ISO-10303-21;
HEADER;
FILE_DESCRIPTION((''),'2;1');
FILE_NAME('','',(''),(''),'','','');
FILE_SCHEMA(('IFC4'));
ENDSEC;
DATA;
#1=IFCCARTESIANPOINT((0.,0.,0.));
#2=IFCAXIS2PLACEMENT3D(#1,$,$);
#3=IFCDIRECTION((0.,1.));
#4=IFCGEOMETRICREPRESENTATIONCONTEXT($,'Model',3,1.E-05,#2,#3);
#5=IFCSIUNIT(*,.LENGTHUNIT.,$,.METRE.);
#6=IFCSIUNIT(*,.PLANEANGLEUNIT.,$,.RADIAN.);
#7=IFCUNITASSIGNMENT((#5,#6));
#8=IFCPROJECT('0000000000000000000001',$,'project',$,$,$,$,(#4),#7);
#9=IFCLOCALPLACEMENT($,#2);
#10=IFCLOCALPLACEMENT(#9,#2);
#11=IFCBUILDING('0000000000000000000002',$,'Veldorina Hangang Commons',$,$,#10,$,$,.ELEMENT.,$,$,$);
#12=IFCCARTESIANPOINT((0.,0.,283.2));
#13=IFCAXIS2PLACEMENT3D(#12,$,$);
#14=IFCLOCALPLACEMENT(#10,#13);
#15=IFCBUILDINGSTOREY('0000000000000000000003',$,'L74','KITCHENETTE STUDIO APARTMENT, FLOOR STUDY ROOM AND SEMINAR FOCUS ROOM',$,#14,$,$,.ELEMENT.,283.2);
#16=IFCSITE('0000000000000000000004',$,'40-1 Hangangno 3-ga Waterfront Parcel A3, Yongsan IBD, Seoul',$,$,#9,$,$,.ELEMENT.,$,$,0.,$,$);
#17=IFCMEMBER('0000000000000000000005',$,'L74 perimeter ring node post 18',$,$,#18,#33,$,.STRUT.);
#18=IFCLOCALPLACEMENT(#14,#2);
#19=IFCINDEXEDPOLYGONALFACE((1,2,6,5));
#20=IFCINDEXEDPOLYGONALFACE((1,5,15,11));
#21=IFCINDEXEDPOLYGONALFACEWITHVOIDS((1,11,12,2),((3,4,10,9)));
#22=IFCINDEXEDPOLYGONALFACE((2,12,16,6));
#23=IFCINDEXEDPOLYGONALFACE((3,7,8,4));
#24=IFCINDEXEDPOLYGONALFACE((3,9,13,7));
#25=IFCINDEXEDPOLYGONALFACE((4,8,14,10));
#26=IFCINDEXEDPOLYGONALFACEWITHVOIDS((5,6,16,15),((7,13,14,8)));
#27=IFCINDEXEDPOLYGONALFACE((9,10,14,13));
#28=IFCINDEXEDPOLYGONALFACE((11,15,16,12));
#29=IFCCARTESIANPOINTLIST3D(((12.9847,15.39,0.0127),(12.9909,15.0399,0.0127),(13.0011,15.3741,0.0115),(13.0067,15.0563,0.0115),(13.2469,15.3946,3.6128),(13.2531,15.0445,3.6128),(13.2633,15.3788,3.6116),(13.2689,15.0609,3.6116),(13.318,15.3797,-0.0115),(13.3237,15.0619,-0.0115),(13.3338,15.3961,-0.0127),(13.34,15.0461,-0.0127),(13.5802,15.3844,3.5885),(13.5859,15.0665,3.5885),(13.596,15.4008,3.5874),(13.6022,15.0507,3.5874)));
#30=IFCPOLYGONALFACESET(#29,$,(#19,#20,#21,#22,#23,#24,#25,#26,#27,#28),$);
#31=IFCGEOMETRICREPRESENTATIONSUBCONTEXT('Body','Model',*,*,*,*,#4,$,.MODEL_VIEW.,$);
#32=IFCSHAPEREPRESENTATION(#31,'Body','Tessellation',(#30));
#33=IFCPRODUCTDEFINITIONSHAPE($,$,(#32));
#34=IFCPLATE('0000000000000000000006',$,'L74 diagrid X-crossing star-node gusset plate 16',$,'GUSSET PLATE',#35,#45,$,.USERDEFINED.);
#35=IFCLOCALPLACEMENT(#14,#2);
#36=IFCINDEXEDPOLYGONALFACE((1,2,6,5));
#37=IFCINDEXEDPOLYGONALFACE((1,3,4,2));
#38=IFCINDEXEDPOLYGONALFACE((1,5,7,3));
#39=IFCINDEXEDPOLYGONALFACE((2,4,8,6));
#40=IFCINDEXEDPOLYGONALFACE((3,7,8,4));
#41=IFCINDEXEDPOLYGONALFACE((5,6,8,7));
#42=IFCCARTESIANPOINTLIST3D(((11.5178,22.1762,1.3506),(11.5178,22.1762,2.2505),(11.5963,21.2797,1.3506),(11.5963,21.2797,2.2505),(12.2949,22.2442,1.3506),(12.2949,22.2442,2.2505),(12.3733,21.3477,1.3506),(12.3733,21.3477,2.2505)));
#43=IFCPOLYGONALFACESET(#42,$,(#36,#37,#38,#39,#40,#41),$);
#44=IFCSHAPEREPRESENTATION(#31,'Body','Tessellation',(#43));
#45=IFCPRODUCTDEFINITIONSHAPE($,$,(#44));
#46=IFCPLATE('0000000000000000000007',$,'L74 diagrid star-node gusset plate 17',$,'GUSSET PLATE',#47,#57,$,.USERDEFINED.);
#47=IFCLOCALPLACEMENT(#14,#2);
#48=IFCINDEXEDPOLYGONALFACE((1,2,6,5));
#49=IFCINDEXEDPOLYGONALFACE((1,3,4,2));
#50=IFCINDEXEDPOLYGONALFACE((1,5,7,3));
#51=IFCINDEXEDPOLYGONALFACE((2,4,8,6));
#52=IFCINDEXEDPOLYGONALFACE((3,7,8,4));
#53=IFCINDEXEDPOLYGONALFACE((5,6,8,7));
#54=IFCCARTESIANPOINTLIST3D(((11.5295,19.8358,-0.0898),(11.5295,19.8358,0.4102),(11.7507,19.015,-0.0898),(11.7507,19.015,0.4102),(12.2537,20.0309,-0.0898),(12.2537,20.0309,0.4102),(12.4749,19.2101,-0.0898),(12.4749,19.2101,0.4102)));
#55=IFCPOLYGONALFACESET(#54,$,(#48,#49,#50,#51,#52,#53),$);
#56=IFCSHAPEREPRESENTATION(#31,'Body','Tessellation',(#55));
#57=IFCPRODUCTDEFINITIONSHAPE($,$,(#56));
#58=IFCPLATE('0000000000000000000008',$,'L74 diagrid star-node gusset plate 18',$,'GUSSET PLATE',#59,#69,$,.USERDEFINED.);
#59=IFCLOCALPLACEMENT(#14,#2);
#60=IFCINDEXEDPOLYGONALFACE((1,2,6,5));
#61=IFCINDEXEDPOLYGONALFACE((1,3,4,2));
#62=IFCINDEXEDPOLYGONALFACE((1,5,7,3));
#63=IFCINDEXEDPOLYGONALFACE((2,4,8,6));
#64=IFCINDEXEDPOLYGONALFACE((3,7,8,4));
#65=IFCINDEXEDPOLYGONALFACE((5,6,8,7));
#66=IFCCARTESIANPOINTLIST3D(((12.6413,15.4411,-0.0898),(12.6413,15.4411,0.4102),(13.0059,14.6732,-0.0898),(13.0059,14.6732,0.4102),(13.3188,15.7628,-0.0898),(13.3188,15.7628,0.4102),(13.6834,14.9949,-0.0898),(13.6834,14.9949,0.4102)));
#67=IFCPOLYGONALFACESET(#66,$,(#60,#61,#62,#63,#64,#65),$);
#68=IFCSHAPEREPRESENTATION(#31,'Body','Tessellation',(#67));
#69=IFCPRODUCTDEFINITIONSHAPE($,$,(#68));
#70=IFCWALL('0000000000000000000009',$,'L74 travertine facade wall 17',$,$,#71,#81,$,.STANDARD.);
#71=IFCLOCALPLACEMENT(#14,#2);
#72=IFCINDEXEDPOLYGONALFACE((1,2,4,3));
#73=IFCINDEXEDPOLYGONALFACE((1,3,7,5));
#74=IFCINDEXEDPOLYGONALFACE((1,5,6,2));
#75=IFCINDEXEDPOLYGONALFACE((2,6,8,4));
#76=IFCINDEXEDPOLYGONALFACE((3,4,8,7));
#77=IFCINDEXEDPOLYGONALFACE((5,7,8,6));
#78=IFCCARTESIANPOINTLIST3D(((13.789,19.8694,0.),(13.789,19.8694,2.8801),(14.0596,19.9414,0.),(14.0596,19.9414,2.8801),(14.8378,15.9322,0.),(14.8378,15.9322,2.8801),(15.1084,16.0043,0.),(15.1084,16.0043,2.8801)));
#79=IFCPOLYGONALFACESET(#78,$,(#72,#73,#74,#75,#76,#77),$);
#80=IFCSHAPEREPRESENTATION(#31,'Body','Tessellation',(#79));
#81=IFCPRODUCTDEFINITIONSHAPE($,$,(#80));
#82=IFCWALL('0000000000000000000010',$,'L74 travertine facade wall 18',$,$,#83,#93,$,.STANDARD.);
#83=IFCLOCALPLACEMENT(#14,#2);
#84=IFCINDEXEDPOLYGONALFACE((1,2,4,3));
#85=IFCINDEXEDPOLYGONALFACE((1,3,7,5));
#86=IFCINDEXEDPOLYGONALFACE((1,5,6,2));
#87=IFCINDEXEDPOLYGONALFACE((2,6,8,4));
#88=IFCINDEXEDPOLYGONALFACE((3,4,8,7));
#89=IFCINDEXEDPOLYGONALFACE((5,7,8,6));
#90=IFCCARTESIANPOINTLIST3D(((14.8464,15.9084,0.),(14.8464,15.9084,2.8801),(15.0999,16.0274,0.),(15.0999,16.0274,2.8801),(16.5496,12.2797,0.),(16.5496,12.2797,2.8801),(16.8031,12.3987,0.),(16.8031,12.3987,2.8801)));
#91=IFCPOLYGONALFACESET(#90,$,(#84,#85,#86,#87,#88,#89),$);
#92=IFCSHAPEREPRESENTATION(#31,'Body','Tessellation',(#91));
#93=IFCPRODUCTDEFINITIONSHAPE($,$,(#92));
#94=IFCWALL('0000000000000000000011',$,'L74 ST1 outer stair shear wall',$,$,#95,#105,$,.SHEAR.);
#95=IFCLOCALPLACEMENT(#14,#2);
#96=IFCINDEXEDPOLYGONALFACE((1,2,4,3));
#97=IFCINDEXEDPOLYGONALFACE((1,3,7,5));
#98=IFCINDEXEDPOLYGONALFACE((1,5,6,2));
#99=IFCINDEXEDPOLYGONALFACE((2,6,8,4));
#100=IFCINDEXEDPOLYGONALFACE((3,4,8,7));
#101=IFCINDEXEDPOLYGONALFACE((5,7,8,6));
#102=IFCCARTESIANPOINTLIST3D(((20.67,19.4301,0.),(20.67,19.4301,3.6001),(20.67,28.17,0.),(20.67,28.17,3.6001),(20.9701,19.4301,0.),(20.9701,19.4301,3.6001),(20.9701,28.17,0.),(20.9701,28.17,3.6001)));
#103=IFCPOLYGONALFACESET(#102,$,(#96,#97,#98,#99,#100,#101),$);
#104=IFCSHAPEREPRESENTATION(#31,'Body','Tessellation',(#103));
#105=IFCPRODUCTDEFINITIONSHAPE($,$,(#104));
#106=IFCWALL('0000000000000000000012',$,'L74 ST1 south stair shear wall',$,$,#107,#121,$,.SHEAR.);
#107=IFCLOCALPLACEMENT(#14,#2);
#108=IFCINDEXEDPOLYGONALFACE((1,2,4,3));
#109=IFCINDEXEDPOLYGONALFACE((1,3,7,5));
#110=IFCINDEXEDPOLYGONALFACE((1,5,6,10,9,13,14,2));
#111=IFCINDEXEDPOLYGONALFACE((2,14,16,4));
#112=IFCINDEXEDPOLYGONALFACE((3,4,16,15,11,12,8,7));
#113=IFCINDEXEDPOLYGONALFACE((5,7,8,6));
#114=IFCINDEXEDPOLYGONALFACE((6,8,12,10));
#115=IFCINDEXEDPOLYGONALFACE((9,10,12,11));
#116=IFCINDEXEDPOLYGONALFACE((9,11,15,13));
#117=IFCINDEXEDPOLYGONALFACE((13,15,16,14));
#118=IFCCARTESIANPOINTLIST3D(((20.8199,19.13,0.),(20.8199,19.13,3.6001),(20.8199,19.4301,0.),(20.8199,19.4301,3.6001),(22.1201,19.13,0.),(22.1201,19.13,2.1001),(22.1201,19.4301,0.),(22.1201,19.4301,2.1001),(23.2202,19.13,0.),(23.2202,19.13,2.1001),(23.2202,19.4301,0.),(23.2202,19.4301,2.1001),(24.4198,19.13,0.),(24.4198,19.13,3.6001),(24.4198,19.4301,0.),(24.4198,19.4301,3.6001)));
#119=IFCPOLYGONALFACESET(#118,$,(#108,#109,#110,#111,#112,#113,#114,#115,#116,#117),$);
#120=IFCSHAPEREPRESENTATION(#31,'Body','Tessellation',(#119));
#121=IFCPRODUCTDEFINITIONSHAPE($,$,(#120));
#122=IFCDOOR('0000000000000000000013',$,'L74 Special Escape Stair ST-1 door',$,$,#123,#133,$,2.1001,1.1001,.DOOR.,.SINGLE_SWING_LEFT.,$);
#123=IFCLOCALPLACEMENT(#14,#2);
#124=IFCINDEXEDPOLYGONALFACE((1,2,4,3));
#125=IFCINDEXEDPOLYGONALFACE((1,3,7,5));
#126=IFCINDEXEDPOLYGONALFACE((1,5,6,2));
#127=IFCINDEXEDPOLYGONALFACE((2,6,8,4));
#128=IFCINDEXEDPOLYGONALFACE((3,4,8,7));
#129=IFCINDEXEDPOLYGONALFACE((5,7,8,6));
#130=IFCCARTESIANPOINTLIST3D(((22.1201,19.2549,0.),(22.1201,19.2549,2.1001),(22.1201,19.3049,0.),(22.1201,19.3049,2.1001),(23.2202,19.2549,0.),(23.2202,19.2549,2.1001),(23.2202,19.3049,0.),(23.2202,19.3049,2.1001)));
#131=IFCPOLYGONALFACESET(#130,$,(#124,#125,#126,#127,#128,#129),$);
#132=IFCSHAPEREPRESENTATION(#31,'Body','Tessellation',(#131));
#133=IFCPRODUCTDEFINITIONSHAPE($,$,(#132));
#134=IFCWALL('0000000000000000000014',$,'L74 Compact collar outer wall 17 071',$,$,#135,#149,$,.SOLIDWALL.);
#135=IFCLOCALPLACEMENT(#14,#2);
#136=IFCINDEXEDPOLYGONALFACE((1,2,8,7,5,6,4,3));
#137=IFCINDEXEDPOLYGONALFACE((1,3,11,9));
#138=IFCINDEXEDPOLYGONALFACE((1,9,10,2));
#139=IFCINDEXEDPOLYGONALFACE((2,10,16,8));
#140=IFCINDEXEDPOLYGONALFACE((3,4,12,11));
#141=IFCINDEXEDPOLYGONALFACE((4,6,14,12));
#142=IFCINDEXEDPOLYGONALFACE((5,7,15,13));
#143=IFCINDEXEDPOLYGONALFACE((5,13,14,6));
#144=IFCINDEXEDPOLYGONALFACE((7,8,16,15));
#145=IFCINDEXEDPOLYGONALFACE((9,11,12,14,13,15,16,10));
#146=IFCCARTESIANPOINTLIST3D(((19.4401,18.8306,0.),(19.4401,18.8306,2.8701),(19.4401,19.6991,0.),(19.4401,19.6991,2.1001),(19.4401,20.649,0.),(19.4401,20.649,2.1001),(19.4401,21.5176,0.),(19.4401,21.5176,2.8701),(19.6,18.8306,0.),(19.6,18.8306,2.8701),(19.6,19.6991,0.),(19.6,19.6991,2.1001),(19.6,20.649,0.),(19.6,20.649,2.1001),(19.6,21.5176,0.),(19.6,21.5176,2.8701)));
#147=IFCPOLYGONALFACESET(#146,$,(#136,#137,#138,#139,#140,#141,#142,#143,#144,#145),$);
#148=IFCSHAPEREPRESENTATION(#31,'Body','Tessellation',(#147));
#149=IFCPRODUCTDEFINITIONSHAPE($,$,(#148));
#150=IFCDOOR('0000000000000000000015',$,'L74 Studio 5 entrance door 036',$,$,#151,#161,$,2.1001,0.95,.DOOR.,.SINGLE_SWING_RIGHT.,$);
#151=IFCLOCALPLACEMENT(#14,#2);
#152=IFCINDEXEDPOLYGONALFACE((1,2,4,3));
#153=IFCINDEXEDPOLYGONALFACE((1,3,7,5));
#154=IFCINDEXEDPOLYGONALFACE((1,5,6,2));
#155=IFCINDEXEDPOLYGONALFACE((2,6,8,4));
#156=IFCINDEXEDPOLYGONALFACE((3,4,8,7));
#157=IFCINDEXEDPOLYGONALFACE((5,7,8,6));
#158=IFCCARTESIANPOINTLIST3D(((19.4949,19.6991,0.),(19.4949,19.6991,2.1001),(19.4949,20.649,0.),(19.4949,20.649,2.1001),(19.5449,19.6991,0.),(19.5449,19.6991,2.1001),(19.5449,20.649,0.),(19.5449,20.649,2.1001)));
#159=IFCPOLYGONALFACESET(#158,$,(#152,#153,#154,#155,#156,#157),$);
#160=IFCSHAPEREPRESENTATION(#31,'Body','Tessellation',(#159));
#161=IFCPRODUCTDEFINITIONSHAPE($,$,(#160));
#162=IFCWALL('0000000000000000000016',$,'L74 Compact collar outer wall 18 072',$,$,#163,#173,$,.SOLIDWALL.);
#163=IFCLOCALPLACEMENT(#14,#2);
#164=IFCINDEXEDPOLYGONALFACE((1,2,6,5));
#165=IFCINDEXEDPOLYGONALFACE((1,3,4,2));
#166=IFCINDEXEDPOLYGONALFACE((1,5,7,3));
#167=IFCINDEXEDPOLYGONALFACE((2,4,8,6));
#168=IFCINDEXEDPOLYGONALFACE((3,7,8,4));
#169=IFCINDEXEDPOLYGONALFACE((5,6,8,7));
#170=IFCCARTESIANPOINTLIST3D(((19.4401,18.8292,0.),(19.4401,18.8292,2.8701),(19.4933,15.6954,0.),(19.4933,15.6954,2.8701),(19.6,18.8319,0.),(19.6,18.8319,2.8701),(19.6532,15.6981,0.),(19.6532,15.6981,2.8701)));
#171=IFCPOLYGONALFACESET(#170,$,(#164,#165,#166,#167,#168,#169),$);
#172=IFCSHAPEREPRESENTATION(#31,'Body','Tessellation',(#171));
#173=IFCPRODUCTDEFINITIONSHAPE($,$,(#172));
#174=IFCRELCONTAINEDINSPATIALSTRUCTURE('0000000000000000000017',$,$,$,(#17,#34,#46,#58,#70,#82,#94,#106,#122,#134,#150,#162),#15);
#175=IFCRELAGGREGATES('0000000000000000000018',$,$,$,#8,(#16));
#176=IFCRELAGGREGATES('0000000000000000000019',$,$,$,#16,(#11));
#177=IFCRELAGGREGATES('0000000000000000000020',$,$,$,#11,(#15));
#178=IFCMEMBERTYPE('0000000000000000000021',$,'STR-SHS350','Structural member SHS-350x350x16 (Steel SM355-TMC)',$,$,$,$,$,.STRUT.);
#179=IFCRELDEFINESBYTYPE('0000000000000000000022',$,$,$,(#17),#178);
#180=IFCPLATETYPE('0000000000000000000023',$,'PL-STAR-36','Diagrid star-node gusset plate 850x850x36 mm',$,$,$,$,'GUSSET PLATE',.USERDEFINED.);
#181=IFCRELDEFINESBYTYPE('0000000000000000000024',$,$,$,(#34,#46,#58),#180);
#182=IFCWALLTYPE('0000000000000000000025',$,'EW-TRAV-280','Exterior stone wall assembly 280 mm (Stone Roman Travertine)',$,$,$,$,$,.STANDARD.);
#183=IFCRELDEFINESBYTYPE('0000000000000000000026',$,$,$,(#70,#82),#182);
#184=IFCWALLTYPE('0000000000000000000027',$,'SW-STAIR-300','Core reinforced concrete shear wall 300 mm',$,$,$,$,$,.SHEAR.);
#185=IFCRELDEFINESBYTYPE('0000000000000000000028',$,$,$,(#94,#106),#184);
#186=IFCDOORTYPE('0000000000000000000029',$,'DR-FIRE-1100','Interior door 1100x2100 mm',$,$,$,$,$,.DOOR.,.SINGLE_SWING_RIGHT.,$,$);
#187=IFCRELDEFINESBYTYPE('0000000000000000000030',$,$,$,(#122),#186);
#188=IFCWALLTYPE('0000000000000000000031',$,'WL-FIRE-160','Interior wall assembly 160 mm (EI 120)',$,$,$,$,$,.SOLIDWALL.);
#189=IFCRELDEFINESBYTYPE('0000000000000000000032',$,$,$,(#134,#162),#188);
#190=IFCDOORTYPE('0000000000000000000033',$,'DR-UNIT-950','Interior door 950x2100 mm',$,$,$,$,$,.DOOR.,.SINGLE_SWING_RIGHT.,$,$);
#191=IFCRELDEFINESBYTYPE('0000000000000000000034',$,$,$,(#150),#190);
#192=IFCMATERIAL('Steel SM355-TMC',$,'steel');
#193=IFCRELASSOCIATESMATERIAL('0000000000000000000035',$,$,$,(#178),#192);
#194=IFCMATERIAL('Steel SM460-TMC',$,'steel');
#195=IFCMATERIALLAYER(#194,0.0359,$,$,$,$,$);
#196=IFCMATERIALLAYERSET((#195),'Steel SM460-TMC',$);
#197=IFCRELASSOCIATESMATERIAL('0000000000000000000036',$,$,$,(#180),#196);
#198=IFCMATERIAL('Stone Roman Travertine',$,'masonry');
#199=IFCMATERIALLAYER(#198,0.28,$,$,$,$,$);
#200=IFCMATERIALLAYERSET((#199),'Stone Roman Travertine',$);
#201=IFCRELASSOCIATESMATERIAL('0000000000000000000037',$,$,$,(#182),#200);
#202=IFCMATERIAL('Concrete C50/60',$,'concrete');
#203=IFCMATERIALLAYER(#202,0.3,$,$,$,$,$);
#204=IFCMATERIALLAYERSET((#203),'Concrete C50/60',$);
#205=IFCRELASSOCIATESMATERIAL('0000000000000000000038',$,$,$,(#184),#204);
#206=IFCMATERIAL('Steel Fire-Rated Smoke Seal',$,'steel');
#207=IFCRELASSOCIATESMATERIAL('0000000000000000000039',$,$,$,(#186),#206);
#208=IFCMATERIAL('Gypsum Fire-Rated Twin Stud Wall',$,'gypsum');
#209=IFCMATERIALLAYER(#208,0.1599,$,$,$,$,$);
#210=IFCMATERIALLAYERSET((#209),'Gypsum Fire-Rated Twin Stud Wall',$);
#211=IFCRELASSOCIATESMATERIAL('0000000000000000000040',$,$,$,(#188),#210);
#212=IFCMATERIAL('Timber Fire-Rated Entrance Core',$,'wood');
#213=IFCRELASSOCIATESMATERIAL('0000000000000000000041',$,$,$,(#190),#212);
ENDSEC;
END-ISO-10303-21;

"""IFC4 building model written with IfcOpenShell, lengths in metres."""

from ifc_helpers import new_model, si_unit, direction, frame, frame_2d, origin, origin_2d, place, context, subcontext, project, spatial, rectangle, hollow_rectangle, extrude, material, layer, layer_set, material_profile, profile_set, type_object, element, fill, save


model = new_model("IFC4")

# Units and contexts
model_context = context("Model", 3, precision=1e-05, world=origin(), true_north=direction((0.0, 1.0)))
body_context = subcontext(model_context, "Body", "Model", "MODEL_VIEW")
ifc_project = project(units=[si_unit("LENGTHUNIT", "METRE"), si_unit("PLANEANGLEUNIT", "RADIAN")], contexts=[model_context])

# Site, building, storey
site_placement = place(None, origin())
site = spatial("IfcSite", under=ifc_project, at=site_placement, Name="40-1 Hangangno 3-ga Waterfront Parcel A3, Yongsan IBD, Seoul", CompositionType="ELEMENT", RefElevation=0.0)
building_placement = place(site_placement, origin())
building = spatial("IfcBuilding", under=site, at=building_placement, Name="Veldorina Hangang Commons", CompositionType="ELEMENT")
storey_placement = place(building_placement, frame((0.0, 0.0, 283.2)))
storey = spatial("IfcBuildingStorey", under=building, at=storey_placement, Name="L74", Description="KITCHENETTE STUDIO APARTMENT, FLOOR STUDY ROOM AND SEMINAR FOCUS ROOM", CompositionType="ELEMENT", Elevation=283.2)

# Shared definitions
ifc_material_1 = material(Name="Steel SM355-TMC", Category="steel")

# Member
ifc_material_profile_1 = material_profile(ifc_material_1, hollow_rectangle(XDim=0.3501, YDim=0.3501, WallThickness=0.0161, at=origin_2d()), Name="SHS-350x350x16")
ifc_profile_set_1 = profile_set([ifc_material_profile_1], Name="Steel SM355-TMC")
member_type_1 = type_object("IfcMemberType", Name="STR-SHS350", Description="Structural member SHS-350x350x16 (Steel SM355-TMC)", PredefinedType="STRUT", material=ifc_profile_set_1)
member_1_placement = place(storey_placement, frame((13.1624, 15.218, 0.0), z_axis=(0.072641, 0.001285, 0.997357), x_axis=(-0.017688, 0.999844, 0.0)))
element("IfcMember", 1, at=member_1_placement, inside=storey, type_object=member_type_1, Name="L74 perimeter ring node post 18", PredefinedType="STRUT", context=body_context, shape_type="SweptSolid", body=[
    extrude(hollow_rectangle(XDim=0.3501, YDim=0.3501, WallThickness=0.0161, at=origin_2d()), origin(), (0.0, 0.0, 1.0), 3.6096),
])

# Plates
ifc_material_2 = material(Name="Steel SM460-TMC", Category="steel")
ifc_layer_1 = layer(ifc_material_2, 0.0359)
ifc_layer_set_1 = layer_set([ifc_layer_1], Name="Steel SM460-TMC")
plate_type = type_object("IfcPlateType", Name="PL-STAR-36", Description="Diagrid star-node gusset plate 850x850x36 mm", ElementType="GUSSET PLATE", PredefinedType="USERDEFINED", material=ifc_layer_set_1)
plate_placement = place(storey_placement, frame((11.9456, 21.762, 1.3506), z_axis=(0.0, 0.0, 1.0), x_axis=(0.087173, -0.996193, 0.0)))
element("IfcPlate", 2, at=plate_placement, inside=storey, type_object=plate_type, Name="L74 diagrid X-crossing star-node gusset plate 16", ObjectType="GUSSET PLATE", PredefinedType="USERDEFINED", context=body_context, shape_type="SweptSolid", body=[
    extrude(rectangle(XDim=0.8999, YDim=0.78, at=origin_2d()), origin(), (0.0, 0.0, 1.0), 0.8999),
])
for number, where, z_axis, x_axis, name in (
    (3, (12.0022, 19.5229, -0.0898), (0.0, 0.0, 1.0), (0.260235, -0.965545, 0.0), "L74 diagrid star-node gusset plate 17"),
    (4, (13.1624, 15.218, -0.0898), (0.0, 0.0, 1.0), (0.428982, -0.903313, 0.0), "L74 diagrid star-node gusset plate 18"),
):
    element("IfcPlate", number, at=place(storey_placement, frame(where, z_axis=z_axis, x_axis=x_axis)), inside=storey, type_object=plate_type, Name=name, ObjectType="GUSSET PLATE", PredefinedType="USERDEFINED", context=body_context, shape_type="SweptSolid", body=[
        extrude(rectangle(XDim=0.8501, YDim=0.75, at=origin_2d()), origin(), (0.0, 0.0, 1.0), 0.5),
    ])

# Walls
ifc_material_3 = material(Name="Stone Roman Travertine", Category="masonry")
ifc_layer_2 = layer(ifc_material_3, 0.28)
ifc_layer_set_2 = layer_set([ifc_layer_2], Name="Stone Roman Travertine")
wall_type_1 = type_object("IfcWallType", Name="EW-TRAV-280", Description="Exterior stone wall assembly 280 mm (Stone Roman Travertine)", PredefinedType="STANDARD", material=ifc_layer_set_2)
wall_1_placement = place(storey_placement, frame((13.9243, 19.9053, 0.0), z_axis=(0.0, 0.0, 1.0), x_axis=(0.257409, -0.966303, 0.0)))
element("IfcWall", 5, at=wall_1_placement, inside=storey, type_object=wall_type_1, Name="L74 travertine facade wall 17", PredefinedType="STANDARD", context=body_context, shape_type="SweptSolid", body=[
    extrude(rectangle(XDim=4.0745, YDim=0.28, at=frame_2d((2.0371, 0.0))), origin(), (0.0, 0.0, 1.0), 2.8801),
])
wall_2_placement = place(storey_placement, frame((14.9731, 15.968, 0.0), z_axis=(0.0, 0.0, 1.0), x_axis=(0.424882, -0.905249, 0.0)))
element("IfcWall", 6, at=wall_2_placement, inside=storey, type_object=wall_type_1, Name="L74 travertine facade wall 18", PredefinedType="STANDARD", context=body_context, shape_type="SweptSolid", body=[
    extrude(rectangle(XDim=4.0085, YDim=0.28, at=frame_2d((2.0044, 0.0))), origin(), (0.0, 0.0, 1.0), 2.8801),
])
ifc_material_4 = material(Name="Concrete C50/60", Category="concrete")
ifc_layer_3 = layer(ifc_material_4, 0.3)
ifc_layer_set_3 = layer_set([ifc_layer_3], Name="Concrete C50/60")
wall_type_2 = type_object("IfcWallType", Name="SW-STAIR-300", Description="Core reinforced concrete shear wall 300 mm", PredefinedType="SHEAR", material=ifc_layer_set_3)
wall_3_placement = place(storey_placement, frame((20.8201, 19.4299, 0.0), z_axis=(0.0, 0.0, 1.0), x_axis=(0.0, 1.0, 0.0)))
element("IfcWall", 7, at=wall_3_placement, inside=storey, type_object=wall_type_2, Name="L74 ST1 outer stair shear wall", PredefinedType="SHEAR", context=body_context, shape_type="SweptSolid", body=[
    extrude(rectangle(XDim=8.74, YDim=0.3, at=frame_2d((4.3701, 0.0))), origin(), (0.0, 0.0, 1.0), 3.6001),
])

# Walls, openings, doors
wall_4_placement = place(storey_placement, frame((20.8201, 19.28, 0.0), z_axis=(0.0, 0.0, 1.0), x_axis=(1.0, 0.0, 0.0)))
wall_4 = element("IfcWall", 8, at=wall_4_placement, inside=storey, type_object=wall_type_2, Name="L74 ST1 south stair shear wall", PredefinedType="SHEAR", context=body_context, shape_type="SweptSolid", body=[
    extrude(rectangle(XDim=3.5999, YDim=0.3, at=frame_2d((1.7998, 0.0))), origin(), (0.0, 0.0, 1.0), 3.6001),
])
opening_1_placement = place(wall_4_placement, frame((1.3, 0.0, 0.0)))
opening_1 = element("IfcOpeningElement", 9, at=opening_1_placement, cuts=wall_4, PredefinedType="OPENING", context=body_context, shape_type="SweptSolid", body=[
    extrude(rectangle(XDim=1.1001, YDim=2.1001, at=frame_2d((0.55, 1.05))), frame((0.0, 0.1602, 0.0), z_axis=(0.0, -1.0, 0.0), x_axis=(1.0, 0.0, 0.0)), (0.0, 0.0, 1.0), 0.3201),
])
ifc_material_5 = material(Name="Steel Fire-Rated Smoke Seal", Category="steel")
door_type_1 = type_object("IfcDoorType", Name="DR-FIRE-1100", Description="Interior door 1100x2100 mm", OperationType="SINGLE_SWING_RIGHT", PredefinedType="DOOR", material=ifc_material_5)
door_1_placement = place(opening_1_placement, origin())
door_1 = element("IfcDoor", 10, at=door_1_placement, inside=storey, type_object=door_type_1, Name="L74 Special Escape Stair ST-1 door", OperationType="SINGLE_SWING_LEFT", OverallHeight=2.1001, OverallWidth=1.1001, PredefinedType="DOOR", context=body_context, shape_type="SweptSolid", body=[
    extrude(rectangle(XDim=1.1001, YDim=2.1001, at=frame_2d((0.55, 1.05))), frame((0.0, 0.0249, 0.0), z_axis=(0.0, -1.0, 0.0), x_axis=(1.0, 0.0, 0.0)), (0.0, 0.0, 1.0), 0.05),
])
fill(opening_1, door_1)
ifc_material_6 = material(Name="Gypsum Fire-Rated Twin Stud Wall", Category="gypsum")
ifc_layer_4 = layer(ifc_material_6, 0.1599)
ifc_layer_set_4 = layer_set([ifc_layer_4], Name="Gypsum Fire-Rated Twin Stud Wall")
wall_type_3 = type_object("IfcWallType", Name="WL-FIRE-160", Description="Interior wall assembly 160 mm (EI 120)", PredefinedType="SOLIDWALL", material=ifc_layer_set_4)
wall_5_placement = place(storey_placement, frame((19.52, 21.5176, 0.0), z_axis=(0.0, 0.0, 1.0), x_axis=(0.0, -1.0, 0.0)))
wall_5 = element("IfcWall", 11, at=wall_5_placement, inside=storey, type_object=wall_type_3, Name="L74 Compact collar outer wall 17 071", PredefinedType="SOLIDWALL", context=body_context, shape_type="SweptSolid", body=[
    extrude(rectangle(XDim=2.687, YDim=0.1599, at=frame_2d((1.3435, 0.0))), origin(), (0.0, 0.0, 1.0), 2.8701),
])
opening_2_placement = place(wall_5_placement, frame((0.8684, 0.0, 0.0)))
opening_2 = element("IfcOpeningElement", 12, at=opening_2_placement, cuts=wall_5, PredefinedType="OPENING", context=body_context, shape_type="SweptSolid", body=[
    extrude(rectangle(XDim=0.95, YDim=2.1001, at=frame_2d((0.4751, 1.05))), frame((0.0, 0.0898, 0.0), z_axis=(0.0, -1.0, 0.0), x_axis=(1.0, 0.0, 0.0)), (0.0, 0.0, 1.0), 0.1799),
])
ifc_material_7 = material(Name="Timber Fire-Rated Entrance Core", Category="wood")
door_type_2 = type_object("IfcDoorType", Name="DR-UNIT-950", Description="Interior door 950x2100 mm", OperationType="SINGLE_SWING_RIGHT", PredefinedType="DOOR", material=ifc_material_7)
door_2_placement = place(opening_2_placement, origin())
door_2 = element("IfcDoor", 13, at=door_2_placement, inside=storey, type_object=door_type_2, Name="L74 Studio 5 entrance door 036", OperationType="SINGLE_SWING_RIGHT", OverallHeight=2.1001, OverallWidth=0.95, PredefinedType="DOOR", context=body_context, shape_type="SweptSolid", body=[
    extrude(rectangle(XDim=0.95, YDim=2.1001, at=frame_2d((0.4751, 1.05))), frame((0.0, 0.0249, 0.0), z_axis=(0.0, -1.0, 0.0), x_axis=(1.0, 0.0, 0.0)), (0.0, 0.0, 1.0), 0.05),
])
fill(opening_2, door_2)

# Wall
wall_6_placement = place(storey_placement, frame((19.52, 18.8306, 0.0), z_axis=(0.0, 0.0, 1.0), x_axis=(0.016981, -0.999856, 0.0)))
element("IfcWall", 14, at=wall_6_placement, inside=storey, type_object=wall_type_3, Name="L74 Compact collar outer wall 18 072", PredefinedType="SOLIDWALL", context=body_context, shape_type="SweptSolid", body=[
    extrude(rectangle(XDim=3.1343, YDim=0.1599, at=frame_2d((1.5671, 0.0))), origin(), (0.0, 0.0, 1.0), 2.8701),
])

save(model, "model.ifc")
